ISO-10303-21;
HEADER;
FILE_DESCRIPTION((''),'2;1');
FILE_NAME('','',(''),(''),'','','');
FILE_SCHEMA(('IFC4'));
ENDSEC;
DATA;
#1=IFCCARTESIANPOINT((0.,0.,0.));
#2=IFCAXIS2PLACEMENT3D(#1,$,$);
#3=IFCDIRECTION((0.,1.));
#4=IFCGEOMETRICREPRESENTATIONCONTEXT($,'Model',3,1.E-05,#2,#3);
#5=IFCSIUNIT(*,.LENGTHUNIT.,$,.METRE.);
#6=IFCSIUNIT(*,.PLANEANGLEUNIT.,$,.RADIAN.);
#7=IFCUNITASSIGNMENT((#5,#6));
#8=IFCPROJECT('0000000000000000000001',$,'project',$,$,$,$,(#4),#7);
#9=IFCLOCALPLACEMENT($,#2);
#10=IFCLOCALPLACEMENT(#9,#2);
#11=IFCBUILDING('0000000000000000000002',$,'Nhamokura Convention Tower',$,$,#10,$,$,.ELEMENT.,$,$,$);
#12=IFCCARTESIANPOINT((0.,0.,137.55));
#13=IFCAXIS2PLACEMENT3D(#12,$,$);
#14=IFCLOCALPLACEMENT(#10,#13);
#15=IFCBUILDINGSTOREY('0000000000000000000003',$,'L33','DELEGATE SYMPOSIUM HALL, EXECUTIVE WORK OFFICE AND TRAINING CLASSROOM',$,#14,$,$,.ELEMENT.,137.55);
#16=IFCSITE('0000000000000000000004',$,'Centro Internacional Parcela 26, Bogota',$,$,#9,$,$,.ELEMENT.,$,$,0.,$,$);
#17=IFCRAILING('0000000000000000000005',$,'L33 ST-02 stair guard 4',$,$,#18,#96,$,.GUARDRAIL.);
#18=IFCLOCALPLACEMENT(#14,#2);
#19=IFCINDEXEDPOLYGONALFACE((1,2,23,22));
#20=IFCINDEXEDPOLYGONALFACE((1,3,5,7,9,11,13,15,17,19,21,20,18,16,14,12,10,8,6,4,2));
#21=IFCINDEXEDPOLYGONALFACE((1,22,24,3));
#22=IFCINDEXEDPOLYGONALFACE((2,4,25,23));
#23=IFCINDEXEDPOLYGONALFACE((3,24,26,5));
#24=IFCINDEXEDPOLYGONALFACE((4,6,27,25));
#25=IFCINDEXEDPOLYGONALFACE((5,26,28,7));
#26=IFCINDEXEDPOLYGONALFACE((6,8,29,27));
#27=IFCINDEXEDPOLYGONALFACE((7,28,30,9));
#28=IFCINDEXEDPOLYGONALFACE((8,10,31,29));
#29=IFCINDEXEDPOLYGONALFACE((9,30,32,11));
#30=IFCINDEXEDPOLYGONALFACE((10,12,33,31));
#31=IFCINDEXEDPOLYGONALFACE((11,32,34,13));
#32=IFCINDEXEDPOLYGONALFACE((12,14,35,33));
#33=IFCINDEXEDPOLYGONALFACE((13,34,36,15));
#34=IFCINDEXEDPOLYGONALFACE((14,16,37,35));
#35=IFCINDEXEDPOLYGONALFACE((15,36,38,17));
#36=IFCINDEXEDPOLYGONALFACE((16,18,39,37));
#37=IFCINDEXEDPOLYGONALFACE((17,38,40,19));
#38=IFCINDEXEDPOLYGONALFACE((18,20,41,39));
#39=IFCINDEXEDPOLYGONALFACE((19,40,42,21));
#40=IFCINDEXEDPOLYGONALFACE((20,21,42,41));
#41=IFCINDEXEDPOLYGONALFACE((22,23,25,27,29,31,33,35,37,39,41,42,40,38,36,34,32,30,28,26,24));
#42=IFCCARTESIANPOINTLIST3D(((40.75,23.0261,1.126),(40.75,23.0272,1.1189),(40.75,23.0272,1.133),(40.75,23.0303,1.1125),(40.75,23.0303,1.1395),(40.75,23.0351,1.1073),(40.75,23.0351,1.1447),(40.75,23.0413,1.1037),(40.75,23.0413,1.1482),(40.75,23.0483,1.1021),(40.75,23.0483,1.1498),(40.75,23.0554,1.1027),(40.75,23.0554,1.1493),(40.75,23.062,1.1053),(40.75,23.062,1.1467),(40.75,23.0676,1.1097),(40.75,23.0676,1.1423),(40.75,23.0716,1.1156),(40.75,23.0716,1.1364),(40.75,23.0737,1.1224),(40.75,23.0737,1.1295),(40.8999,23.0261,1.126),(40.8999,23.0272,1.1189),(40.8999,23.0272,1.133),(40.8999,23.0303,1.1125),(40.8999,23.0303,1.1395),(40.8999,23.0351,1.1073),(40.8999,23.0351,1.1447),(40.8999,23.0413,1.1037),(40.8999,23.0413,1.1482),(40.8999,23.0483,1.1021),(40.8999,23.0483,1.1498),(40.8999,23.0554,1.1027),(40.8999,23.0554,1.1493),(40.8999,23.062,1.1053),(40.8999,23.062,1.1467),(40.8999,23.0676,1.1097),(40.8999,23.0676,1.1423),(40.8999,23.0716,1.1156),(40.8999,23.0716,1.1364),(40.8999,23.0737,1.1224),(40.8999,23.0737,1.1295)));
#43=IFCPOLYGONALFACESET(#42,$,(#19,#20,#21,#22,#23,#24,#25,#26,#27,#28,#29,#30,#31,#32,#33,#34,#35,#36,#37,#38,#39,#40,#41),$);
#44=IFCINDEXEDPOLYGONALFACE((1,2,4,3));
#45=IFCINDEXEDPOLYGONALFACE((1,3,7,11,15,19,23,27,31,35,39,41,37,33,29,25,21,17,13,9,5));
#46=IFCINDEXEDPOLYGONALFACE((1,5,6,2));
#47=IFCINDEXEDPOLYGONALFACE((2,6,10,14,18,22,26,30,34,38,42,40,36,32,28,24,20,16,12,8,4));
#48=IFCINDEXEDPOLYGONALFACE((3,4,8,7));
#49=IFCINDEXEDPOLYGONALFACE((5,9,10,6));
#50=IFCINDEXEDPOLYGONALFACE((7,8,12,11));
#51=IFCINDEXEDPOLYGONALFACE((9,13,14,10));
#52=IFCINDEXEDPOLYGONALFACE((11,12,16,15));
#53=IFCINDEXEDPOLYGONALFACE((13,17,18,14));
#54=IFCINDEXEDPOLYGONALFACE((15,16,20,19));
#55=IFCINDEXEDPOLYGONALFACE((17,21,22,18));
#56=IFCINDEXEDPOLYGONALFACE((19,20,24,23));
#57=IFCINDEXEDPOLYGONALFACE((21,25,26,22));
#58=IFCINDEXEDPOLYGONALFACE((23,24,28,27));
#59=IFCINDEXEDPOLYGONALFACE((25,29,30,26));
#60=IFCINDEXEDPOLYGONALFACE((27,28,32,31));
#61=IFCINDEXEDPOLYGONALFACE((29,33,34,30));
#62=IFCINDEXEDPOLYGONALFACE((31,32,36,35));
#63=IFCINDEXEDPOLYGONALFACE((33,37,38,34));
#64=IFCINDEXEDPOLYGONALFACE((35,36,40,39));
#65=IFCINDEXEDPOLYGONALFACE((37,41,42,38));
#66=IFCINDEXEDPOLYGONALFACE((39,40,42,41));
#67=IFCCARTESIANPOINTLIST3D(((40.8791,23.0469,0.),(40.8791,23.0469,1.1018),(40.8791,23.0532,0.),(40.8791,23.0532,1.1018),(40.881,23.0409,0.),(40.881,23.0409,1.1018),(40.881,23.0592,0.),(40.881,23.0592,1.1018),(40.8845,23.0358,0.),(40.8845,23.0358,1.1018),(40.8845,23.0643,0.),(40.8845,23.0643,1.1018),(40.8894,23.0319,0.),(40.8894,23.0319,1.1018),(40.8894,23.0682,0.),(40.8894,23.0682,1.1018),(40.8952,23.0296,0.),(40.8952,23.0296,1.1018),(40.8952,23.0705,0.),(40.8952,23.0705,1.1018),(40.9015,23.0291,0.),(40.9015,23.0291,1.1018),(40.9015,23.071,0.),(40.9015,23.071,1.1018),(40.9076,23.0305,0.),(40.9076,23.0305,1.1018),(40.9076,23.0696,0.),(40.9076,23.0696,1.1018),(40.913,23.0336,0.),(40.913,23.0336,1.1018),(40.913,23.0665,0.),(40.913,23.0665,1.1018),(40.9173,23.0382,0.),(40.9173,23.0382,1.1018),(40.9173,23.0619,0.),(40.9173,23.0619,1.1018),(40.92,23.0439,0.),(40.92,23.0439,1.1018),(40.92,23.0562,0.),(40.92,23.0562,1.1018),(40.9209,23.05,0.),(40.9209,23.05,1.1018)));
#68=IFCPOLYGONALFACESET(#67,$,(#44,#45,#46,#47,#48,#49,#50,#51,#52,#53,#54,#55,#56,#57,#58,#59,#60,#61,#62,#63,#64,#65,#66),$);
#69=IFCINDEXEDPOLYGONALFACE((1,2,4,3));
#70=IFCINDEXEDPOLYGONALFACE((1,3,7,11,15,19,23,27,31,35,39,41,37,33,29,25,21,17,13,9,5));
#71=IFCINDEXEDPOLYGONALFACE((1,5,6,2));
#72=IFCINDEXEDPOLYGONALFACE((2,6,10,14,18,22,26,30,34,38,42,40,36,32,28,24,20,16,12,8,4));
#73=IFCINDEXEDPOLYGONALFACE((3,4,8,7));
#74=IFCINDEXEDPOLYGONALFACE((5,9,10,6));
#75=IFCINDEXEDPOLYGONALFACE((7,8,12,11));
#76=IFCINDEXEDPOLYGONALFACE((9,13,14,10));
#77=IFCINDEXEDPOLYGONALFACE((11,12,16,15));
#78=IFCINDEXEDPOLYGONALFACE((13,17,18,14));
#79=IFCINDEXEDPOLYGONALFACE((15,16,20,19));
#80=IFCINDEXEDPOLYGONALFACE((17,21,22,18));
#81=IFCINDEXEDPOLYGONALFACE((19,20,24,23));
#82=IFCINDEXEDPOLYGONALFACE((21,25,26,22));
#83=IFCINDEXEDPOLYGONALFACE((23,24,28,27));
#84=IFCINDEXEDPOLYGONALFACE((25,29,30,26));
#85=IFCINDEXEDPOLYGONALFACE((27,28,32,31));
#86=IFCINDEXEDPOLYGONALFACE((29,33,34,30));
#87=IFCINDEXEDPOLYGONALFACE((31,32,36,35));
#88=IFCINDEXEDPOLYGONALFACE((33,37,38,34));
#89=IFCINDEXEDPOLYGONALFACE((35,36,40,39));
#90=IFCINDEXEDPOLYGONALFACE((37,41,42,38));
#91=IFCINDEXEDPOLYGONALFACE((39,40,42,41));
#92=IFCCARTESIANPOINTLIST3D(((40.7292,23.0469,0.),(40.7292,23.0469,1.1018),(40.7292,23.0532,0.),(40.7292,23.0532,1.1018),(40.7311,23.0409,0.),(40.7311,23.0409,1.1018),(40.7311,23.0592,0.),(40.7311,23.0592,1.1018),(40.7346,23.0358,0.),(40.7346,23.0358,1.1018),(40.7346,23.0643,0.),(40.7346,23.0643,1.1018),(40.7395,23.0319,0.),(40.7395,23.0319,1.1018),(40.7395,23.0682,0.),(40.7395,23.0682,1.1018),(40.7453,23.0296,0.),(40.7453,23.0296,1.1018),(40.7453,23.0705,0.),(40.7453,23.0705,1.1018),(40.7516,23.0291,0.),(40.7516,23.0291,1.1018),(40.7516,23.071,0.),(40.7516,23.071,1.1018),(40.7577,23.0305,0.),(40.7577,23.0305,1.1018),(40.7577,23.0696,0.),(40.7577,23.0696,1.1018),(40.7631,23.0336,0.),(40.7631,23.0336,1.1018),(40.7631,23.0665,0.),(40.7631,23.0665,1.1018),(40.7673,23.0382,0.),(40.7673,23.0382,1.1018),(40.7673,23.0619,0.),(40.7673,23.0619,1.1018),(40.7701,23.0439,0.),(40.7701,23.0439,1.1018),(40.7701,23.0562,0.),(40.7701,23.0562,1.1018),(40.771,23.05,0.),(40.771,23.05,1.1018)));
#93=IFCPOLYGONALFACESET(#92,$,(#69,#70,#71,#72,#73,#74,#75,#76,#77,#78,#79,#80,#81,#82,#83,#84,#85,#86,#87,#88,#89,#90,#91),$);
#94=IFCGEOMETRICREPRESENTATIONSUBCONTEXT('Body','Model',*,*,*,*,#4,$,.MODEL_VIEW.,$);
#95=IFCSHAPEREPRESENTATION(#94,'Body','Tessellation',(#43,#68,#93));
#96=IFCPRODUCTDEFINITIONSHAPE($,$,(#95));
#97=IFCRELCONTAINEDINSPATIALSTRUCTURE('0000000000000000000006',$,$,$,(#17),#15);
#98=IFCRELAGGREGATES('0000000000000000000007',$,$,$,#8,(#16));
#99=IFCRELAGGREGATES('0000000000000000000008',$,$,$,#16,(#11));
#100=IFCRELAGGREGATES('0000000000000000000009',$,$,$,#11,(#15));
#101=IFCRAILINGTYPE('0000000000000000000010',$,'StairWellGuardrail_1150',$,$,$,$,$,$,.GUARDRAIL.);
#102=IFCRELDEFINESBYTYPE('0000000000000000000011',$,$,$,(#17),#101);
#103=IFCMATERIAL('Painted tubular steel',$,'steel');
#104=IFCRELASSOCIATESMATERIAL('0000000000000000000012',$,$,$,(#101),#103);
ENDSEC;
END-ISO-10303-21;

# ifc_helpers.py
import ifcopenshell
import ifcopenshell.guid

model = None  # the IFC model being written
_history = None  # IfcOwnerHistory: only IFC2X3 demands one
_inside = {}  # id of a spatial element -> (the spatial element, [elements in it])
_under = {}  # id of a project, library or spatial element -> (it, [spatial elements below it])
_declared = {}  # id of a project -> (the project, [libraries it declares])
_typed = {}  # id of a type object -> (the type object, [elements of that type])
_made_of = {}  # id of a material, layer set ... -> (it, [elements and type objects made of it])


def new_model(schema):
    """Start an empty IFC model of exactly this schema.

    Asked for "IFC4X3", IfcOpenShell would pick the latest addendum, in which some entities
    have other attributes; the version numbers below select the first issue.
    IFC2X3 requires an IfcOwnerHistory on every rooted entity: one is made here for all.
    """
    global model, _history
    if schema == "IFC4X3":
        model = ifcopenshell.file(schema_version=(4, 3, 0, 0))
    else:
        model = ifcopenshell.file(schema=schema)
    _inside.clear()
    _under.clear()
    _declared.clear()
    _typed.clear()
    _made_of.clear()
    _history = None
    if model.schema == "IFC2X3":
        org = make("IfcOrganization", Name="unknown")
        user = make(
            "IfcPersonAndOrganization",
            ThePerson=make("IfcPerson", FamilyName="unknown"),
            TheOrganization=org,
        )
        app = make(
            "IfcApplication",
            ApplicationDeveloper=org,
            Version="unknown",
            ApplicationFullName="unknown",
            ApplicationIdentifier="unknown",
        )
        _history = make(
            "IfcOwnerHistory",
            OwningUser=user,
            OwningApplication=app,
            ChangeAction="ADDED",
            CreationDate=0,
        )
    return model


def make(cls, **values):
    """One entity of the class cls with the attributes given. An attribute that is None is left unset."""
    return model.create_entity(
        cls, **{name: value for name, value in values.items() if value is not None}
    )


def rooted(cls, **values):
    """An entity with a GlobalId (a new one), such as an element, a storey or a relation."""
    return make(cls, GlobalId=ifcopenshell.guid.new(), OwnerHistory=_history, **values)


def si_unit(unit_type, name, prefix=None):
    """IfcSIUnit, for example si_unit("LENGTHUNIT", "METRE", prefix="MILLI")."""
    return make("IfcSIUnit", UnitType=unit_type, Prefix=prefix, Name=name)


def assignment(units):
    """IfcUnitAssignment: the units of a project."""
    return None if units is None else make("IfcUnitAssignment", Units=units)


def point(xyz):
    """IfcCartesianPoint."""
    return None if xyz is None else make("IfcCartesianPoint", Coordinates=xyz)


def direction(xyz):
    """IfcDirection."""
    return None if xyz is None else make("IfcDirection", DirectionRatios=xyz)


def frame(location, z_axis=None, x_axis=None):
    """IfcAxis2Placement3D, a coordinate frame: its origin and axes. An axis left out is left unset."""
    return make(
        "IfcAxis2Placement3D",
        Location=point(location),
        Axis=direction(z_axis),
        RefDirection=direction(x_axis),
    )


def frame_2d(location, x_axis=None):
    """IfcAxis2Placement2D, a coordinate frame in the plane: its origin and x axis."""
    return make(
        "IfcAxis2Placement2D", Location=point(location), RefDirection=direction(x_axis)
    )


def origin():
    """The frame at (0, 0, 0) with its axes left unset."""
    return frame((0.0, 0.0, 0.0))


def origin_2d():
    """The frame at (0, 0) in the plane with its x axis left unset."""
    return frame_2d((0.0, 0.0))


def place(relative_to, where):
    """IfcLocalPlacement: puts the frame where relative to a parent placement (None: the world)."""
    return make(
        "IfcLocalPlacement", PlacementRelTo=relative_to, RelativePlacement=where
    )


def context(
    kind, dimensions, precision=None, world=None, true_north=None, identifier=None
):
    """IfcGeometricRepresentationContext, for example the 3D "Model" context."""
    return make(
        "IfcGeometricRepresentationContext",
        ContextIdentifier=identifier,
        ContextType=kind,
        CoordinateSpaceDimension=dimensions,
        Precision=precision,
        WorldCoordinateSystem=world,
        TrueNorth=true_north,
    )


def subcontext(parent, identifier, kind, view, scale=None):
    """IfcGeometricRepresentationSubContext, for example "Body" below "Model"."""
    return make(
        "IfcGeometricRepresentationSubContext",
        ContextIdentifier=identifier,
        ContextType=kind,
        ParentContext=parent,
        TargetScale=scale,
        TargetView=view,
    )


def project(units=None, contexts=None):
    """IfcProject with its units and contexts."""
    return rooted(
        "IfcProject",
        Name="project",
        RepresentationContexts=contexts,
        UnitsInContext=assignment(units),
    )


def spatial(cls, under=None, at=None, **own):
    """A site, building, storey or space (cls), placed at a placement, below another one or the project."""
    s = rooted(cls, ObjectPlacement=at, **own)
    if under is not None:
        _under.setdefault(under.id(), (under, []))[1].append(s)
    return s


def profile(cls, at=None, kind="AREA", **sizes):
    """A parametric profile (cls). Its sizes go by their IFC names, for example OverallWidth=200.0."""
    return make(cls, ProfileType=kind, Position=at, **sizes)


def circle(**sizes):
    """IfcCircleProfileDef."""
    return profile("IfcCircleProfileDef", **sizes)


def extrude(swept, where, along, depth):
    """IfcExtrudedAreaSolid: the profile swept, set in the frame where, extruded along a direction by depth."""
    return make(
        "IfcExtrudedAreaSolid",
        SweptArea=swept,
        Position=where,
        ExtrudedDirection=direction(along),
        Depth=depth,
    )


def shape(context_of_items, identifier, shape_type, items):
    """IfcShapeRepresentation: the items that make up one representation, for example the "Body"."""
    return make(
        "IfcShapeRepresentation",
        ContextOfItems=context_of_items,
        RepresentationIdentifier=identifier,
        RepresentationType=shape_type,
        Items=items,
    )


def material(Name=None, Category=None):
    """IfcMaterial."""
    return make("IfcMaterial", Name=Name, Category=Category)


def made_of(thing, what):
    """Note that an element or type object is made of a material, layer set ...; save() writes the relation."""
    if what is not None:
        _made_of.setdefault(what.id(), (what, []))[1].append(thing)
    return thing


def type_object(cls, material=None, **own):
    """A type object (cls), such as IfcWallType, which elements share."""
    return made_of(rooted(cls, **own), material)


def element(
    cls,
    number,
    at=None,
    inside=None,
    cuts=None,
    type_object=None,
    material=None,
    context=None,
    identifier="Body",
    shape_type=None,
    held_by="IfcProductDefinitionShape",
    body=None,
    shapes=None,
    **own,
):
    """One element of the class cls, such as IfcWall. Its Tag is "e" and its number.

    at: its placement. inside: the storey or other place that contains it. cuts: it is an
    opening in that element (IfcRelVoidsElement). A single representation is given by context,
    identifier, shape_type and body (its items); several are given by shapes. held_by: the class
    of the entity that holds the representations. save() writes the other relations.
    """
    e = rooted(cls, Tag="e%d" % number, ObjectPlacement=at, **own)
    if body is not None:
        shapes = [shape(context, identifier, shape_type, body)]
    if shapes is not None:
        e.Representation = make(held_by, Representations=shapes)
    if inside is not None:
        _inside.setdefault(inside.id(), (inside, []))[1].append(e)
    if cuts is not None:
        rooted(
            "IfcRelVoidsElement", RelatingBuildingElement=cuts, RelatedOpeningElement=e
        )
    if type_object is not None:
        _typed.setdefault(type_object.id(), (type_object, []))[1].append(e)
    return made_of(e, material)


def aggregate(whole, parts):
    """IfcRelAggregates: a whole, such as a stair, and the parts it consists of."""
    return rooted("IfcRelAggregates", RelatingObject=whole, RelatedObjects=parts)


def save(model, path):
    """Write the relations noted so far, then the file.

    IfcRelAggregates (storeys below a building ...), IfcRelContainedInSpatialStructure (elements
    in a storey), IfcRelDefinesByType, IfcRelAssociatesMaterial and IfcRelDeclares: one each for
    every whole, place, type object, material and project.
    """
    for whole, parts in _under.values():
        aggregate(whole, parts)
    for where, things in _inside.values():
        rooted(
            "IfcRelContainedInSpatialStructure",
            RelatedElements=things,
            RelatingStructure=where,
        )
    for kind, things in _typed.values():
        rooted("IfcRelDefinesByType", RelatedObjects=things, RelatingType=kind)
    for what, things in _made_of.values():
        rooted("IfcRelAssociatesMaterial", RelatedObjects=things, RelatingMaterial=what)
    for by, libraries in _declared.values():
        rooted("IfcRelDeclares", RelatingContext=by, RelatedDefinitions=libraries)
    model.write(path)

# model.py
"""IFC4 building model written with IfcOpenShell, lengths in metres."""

from ifc_helpers import new_model, si_unit, direction, frame, origin, origin_2d, place, context, subcontext, project, spatial, circle, extrude, material, type_object, element, save


model = new_model("IFC4")

# Units and contexts
model_context = context("Model", 3, precision=1e-05, world=origin(), true_north=direction((0.0, 1.0)))
body_context = subcontext(model_context, "Body", "Model", "MODEL_VIEW")
ifc_project = project(units=[si_unit("LENGTHUNIT", "METRE"), si_unit("PLANEANGLEUNIT", "RADIAN")], contexts=[model_context])

# Site, building, storey
site_placement = place(None, origin())
site = spatial("IfcSite", under=ifc_project, at=site_placement, Name="Centro Internacional Parcela 26, Bogota", CompositionType="ELEMENT", RefElevation=0.0)
building_placement = place(site_placement, origin())
building = spatial("IfcBuilding", under=site, at=building_placement, Name="Nhamokura Convention Tower", CompositionType="ELEMENT")
storey_placement = place(building_placement, frame((0.0, 0.0, 137.55)))
storey = spatial("IfcBuildingStorey", under=building, at=storey_placement, Name="L33", Description="DELEGATE SYMPOSIUM HALL, EXECUTIVE WORK OFFICE AND TRAINING CLASSROOM", CompositionType="ELEMENT", Elevation=137.55)

# Railing
ifc_material_1 = material(Name="Painted tubular steel", Category="steel")
railing_type_1 = type_object("IfcRailingType", Name="StairWellGuardrail_1150", PredefinedType="GUARDRAIL", material=ifc_material_1)
railing_1_placement = place(storey_placement, frame((40.8999, 23.05, 0.0)))
element("IfcRailing", 1, at=railing_1_placement, inside=storey, type_object=railing_type_1, Name="L33 ST-02 stair guard 4", PredefinedType="GUARDRAIL", context=body_context, shape_type="SweptSolid", body=[
    extrude(circle(Radius=0.0239, at=origin_2d()), frame((0.0, 0.0, 1.126), z_axis=(-1.0, 0.0, 0.0), x_axis=(0.0, -1.0, 0.0)), (0.0, 0.0, 1.0), 0.1499),
    extrude(circle(Radius=0.021, at=origin_2d()), origin(), (0.0, 0.0, 1.0), 1.1018),
    extrude(circle(Radius=0.021, at=origin_2d()), frame((-0.1499, 0.0, 0.0)), (0.0, 0.0, 1.0), 1.1018),
])

save(model, "model.ifc")
